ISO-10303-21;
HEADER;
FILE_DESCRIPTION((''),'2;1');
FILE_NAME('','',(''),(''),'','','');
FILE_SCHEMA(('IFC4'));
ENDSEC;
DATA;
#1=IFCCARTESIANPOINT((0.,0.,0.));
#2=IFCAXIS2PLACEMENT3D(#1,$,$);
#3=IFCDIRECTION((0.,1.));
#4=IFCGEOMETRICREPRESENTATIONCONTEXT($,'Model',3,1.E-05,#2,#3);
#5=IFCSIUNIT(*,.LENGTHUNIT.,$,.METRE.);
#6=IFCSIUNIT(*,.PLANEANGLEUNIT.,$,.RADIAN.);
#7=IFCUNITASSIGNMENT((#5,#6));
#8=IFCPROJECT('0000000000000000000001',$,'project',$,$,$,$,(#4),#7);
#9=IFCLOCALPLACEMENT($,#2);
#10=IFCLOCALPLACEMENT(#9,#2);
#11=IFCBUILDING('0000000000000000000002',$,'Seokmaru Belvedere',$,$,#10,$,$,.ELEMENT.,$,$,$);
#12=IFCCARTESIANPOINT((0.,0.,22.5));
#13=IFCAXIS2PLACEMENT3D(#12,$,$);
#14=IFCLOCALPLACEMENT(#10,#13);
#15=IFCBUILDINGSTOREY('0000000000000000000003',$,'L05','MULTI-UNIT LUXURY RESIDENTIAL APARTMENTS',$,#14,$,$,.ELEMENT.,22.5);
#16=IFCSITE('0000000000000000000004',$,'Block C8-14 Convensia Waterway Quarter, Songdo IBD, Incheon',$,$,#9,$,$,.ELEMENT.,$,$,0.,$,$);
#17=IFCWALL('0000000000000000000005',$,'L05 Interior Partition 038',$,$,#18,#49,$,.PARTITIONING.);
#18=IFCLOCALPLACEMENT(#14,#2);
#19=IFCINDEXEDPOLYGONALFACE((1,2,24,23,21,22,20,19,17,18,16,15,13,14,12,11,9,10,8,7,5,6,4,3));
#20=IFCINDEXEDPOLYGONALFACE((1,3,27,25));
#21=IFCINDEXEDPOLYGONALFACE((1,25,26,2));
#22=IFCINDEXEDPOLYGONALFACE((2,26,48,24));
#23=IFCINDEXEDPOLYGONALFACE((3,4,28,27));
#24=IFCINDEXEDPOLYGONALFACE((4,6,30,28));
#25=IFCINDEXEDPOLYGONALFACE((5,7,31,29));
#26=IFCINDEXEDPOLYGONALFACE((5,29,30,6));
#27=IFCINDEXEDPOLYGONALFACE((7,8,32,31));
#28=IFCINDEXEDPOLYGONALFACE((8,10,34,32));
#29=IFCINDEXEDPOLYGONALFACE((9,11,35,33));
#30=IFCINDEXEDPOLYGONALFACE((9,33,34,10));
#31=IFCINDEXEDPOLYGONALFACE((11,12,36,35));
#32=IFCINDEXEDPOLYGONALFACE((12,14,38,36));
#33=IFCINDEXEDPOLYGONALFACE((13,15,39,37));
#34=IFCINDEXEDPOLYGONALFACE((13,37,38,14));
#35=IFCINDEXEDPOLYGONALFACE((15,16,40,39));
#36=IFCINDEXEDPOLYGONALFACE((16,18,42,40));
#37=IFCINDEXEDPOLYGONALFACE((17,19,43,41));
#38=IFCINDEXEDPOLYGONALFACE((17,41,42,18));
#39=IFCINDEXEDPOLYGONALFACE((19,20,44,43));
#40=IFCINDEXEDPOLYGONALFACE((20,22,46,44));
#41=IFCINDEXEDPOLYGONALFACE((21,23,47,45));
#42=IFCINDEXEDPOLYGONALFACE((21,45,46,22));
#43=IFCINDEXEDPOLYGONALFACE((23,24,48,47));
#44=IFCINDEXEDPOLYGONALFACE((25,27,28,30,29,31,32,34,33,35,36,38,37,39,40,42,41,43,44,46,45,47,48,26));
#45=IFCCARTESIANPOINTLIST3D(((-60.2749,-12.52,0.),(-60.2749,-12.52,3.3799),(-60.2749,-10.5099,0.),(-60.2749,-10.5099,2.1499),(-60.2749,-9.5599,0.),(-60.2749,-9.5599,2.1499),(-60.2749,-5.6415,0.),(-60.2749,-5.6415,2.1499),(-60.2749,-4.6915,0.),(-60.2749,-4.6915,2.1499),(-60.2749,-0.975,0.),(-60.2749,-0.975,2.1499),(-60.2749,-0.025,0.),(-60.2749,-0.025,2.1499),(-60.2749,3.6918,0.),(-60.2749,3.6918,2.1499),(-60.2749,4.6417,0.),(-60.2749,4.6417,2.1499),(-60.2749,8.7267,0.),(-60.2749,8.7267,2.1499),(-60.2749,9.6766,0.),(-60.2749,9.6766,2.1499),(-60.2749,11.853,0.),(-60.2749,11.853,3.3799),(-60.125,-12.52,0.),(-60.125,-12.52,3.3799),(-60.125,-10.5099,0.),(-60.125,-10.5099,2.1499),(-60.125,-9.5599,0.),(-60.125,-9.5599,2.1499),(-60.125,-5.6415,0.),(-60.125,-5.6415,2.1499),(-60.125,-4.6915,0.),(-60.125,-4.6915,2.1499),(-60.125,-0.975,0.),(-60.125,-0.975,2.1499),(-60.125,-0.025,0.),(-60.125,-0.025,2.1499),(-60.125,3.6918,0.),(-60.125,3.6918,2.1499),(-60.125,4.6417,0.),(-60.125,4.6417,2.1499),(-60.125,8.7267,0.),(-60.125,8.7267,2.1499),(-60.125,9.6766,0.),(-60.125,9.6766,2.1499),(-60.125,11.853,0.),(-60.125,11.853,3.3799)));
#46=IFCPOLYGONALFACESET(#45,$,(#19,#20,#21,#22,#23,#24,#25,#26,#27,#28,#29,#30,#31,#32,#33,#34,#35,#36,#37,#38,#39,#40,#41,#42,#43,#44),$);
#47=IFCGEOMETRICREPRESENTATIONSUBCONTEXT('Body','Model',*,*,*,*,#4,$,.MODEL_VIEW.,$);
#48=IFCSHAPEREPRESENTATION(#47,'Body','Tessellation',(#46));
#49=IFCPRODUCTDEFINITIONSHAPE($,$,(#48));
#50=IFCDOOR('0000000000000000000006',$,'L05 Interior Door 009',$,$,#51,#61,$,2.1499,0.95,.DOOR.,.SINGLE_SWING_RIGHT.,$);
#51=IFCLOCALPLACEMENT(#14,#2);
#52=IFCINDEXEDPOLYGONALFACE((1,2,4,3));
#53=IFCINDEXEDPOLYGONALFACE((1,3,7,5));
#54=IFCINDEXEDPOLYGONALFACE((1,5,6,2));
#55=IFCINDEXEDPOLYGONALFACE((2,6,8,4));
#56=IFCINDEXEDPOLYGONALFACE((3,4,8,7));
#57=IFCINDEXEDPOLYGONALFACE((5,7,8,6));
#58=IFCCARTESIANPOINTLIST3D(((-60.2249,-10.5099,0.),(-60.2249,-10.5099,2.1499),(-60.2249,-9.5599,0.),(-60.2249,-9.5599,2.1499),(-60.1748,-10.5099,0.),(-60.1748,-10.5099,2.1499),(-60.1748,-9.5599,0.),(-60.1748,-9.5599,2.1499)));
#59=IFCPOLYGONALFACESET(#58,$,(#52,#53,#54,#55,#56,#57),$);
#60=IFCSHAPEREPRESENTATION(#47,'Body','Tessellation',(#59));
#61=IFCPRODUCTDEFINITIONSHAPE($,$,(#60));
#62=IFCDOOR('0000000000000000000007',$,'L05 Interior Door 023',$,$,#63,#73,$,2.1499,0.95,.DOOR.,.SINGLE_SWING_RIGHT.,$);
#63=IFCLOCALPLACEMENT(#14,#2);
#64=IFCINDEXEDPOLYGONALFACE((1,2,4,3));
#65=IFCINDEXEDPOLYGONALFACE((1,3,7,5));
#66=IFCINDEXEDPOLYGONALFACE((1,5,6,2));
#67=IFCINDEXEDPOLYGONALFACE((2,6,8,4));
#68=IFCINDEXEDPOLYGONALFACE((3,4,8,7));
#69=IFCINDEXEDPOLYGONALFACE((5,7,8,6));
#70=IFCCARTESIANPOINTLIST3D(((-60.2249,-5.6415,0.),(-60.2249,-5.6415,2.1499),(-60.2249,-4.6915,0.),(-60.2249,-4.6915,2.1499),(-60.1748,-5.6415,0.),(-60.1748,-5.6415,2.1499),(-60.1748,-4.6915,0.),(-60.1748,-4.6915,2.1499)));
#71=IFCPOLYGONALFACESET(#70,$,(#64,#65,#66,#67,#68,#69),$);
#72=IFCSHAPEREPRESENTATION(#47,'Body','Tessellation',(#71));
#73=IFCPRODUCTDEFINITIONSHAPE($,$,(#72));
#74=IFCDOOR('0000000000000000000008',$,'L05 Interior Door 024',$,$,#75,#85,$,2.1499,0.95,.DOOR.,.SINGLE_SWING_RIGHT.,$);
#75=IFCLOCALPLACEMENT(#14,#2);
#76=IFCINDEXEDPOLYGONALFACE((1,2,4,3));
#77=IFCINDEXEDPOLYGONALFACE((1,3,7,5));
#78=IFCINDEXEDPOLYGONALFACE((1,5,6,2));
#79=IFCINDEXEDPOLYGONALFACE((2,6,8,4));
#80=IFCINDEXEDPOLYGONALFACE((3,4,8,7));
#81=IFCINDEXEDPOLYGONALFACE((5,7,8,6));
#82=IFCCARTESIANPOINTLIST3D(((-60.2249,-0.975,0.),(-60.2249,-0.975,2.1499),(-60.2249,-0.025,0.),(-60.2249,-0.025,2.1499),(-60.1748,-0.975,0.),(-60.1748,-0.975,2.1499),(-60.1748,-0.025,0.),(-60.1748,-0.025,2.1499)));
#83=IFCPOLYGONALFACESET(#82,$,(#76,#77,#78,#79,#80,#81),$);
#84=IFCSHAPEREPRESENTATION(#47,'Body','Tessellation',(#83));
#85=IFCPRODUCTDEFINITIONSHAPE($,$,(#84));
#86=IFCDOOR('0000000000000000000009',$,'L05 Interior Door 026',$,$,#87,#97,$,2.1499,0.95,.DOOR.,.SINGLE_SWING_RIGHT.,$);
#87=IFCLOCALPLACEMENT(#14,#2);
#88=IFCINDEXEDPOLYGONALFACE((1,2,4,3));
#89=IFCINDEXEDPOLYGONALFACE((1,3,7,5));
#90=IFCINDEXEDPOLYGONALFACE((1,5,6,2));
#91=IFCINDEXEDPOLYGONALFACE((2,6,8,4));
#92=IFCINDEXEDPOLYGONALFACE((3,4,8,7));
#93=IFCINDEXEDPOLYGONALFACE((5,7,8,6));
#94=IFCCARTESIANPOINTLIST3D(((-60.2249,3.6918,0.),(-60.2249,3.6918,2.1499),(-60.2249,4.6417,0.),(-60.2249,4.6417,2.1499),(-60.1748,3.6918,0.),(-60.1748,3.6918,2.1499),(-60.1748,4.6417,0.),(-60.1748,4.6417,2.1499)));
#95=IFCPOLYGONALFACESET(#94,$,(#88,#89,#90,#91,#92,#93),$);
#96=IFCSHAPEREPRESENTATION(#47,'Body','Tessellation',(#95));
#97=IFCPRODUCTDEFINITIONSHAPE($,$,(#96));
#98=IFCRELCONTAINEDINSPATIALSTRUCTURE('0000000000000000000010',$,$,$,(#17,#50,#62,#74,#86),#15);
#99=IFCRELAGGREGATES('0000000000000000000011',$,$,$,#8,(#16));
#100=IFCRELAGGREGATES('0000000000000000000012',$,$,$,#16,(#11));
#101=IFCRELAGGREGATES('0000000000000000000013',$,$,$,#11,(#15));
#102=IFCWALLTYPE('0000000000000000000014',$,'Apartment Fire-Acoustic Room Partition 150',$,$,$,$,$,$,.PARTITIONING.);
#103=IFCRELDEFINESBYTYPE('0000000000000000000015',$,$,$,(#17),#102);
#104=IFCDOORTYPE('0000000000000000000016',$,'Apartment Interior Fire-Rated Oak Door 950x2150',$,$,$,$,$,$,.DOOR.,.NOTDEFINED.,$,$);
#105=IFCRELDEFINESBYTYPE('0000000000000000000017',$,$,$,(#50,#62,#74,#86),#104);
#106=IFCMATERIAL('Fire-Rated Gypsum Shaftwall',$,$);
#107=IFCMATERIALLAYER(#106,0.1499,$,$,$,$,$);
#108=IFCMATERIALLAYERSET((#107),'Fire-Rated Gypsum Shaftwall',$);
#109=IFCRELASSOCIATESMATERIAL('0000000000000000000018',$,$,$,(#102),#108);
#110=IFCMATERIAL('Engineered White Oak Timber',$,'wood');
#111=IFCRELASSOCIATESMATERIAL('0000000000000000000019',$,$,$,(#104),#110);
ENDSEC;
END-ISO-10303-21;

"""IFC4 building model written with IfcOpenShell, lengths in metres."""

from ifc_helpers import new_model, si_unit, direction, frame, frame_2d, origin, place, context, subcontext, project, spatial, rectangle, extrude, source, transform, mapped, material, layer, layer_set, type_object, type_shapes, element, fill, save


model = new_model("IFC4")

# Units and contexts
model_context = context("Model", 3, precision=1e-05, world=origin(), true_north=direction((0.0, 1.0)))
body_context = subcontext(model_context, "Body", "Model", "MODEL_VIEW")
ifc_project = project(units=[si_unit("LENGTHUNIT", "METRE"), si_unit("PLANEANGLEUNIT", "RADIAN")], contexts=[model_context])

# Site, building, storey
site_placement = place(None, origin())
site = spatial("IfcSite", under=ifc_project, at=site_placement, Name="Block C8-14 Convensia Waterway Quarter, Songdo IBD, Incheon", CompositionType="ELEMENT", RefElevation=0.0)
building_placement = place(site_placement, origin())
building = spatial("IfcBuilding", under=site, at=building_placement, Name="Seokmaru Belvedere", CompositionType="ELEMENT")
storey_placement = place(building_placement, frame((0.0, 0.0, 22.5)))
storey = spatial("IfcBuildingStorey", under=building, at=storey_placement, Name="L05", Description="MULTI-UNIT LUXURY RESIDENTIAL APARTMENTS", CompositionType="ELEMENT", Elevation=22.5)

# Shared definitions
ifc_material_1 = material(Name="Fire-Rated Gypsum Shaftwall")
ifc_layer_1 = layer(ifc_material_1, 0.1499)
ifc_layer_set_1 = layer_set([ifc_layer_1], Name="Fire-Rated Gypsum Shaftwall")
wall_type = type_object("IfcWallType", Name="Apartment Fire-Acoustic Room Partition 150", PredefinedType="PARTITIONING", material=ifc_layer_set_1)
ifc_material_2 = material(Name="Engineered White Oak Timber", Category="wood")
door_type = type_object("IfcDoorType", Name="Apartment Interior Fire-Rated Oak Door 950x2150", OperationType="NOTDEFINED", PredefinedType="DOOR", material=ifc_material_2)
shared_shape_1 = source(origin(), body_context, "Body", "SweptSolid", [
    extrude(rectangle(XDim=0.95, YDim=2.1499, at=frame_2d((0.4751, 1.075))), frame((0.0, 0.0249, 0.0), z_axis=(0.0, -1.0, 0.0), x_axis=(1.0, 0.0, 0.0)), (0.0, 0.0, 1.0), 0.05),
])
type_shapes(door_type, [shared_shape_1])

# Wall, openings, doors
wall_1_placement = place(storey_placement, frame((-60.2, -12.52, 0.0), z_axis=(0.0, 0.0, 1.0), x_axis=(0.0, 1.0, 0.0)))
wall_1 = element("IfcWall", 1, at=wall_1_placement, inside=storey, type_object=wall_type, Name="L05 Interior Partition 038", PredefinedType="PARTITIONING", context=body_context, shape_type="SweptSolid", body=[
    extrude(rectangle(XDim=24.373, YDim=0.1499, at=frame_2d((12.1865, 0.0))), origin(), (0.0, 0.0, 1.0), 3.3799),
])
opening_1_placement = place(wall_1_placement, frame((2.01, 0.0, 0.0)))
opening_1 = element("IfcOpeningElement", 2, at=opening_1_placement, cuts=wall_1, PredefinedType="OPENING", context=body_context, shape_type="SweptSolid", body=[
    extrude(rectangle(XDim=0.95, YDim=2.1499, at=frame_2d((0.4751, 1.075))), frame((0.0, 0.085, 0.0), z_axis=(0.0, -1.0, 0.0), x_axis=(1.0, 0.0, 0.0)), (0.0, 0.0, 1.0), 0.1699),
])
opening_2_placement = place(wall_1_placement, frame((6.8784, 0.0, 0.0)))
opening_2 = element("IfcOpeningElement", 3, at=opening_2_placement, cuts=wall_1, PredefinedType="OPENING", context=body_context, shape_type="SweptSolid", body=[
    extrude(rectangle(XDim=0.95, YDim=2.1499, at=frame_2d((0.4751, 1.075))), frame((0.0, 0.085, 0.0), z_axis=(0.0, -1.0, 0.0), x_axis=(1.0, 0.0, 0.0)), (0.0, 0.0, 1.0), 0.1699),
])
opening_3_placement = place(wall_1_placement, frame((11.5449, 0.0, 0.0)))
opening_3 = element("IfcOpeningElement", 4, at=opening_3_placement, cuts=wall_1, PredefinedType="OPENING", context=body_context, shape_type="SweptSolid", body=[
    extrude(rectangle(XDim=0.95, YDim=2.1499, at=frame_2d((0.4751, 1.075))), frame((0.0, 0.085, 0.0), z_axis=(0.0, -1.0, 0.0), x_axis=(1.0, 0.0, 0.0)), (0.0, 0.0, 1.0), 0.1699),
])
opening_4_placement = place(wall_1_placement, frame((16.2117, 0.0, 0.0)))
opening_4 = element("IfcOpeningElement", 5, at=opening_4_placement, cuts=wall_1, PredefinedType="OPENING", context=body_context, shape_type="SweptSolid", body=[
    extrude(rectangle(XDim=0.95, YDim=2.1499, at=frame_2d((0.4751, 1.075))), frame((0.0, 0.085, 0.0), z_axis=(0.0, -1.0, 0.0), x_axis=(1.0, 0.0, 0.0)), (0.0, 0.0, 1.0), 0.1699),
])
opening_5_placement = place(wall_1_placement, frame((21.2466, 0.0, 0.0)))
element("IfcOpeningElement", 6, at=opening_5_placement, cuts=wall_1, PredefinedType="OPENING", context=body_context, shape_type="SweptSolid", body=[
    extrude(rectangle(XDim=0.95, YDim=2.1499, at=frame_2d((0.4751, 1.075))), frame((0.0, 0.085, 0.0), z_axis=(0.0, -1.0, 0.0), x_axis=(1.0, 0.0, 0.0)), (0.0, 0.0, 1.0), 0.1699),
])
door_1_placement = place(opening_1_placement, origin())
door_1 = element("IfcDoor", 7, at=door_1_placement, inside=storey, type_object=door_type, Name="L05 Interior Door 009", OperationType="SINGLE_SWING_RIGHT", OverallHeight=2.1499, OverallWidth=0.95, PredefinedType="DOOR", context=body_context, shape_type="MappedRepresentation", body=[
    mapped(shared_shape_1, transform((0.0, 0.0, 0.0), scale=1.0)),
])
fill(opening_1, door_1)
door_2_placement = place(opening_2_placement, origin())
door_2 = element("IfcDoor", 8, at=door_2_placement, inside=storey, type_object=door_type, Name="L05 Interior Door 023", OperationType="SINGLE_SWING_RIGHT", OverallHeight=2.1499, OverallWidth=0.95, PredefinedType="DOOR", context=body_context, shape_type="MappedRepresentation", body=[
    mapped(shared_shape_1, transform((0.0, 0.0, 0.0), scale=1.0)),
])
fill(opening_2, door_2)
door_3_placement = place(opening_3_placement, origin())
door_3 = element("IfcDoor", 9, at=door_3_placement, inside=storey, type_object=door_type, Name="L05 Interior Door 024", OperationType="SINGLE_SWING_RIGHT", OverallHeight=2.1499, OverallWidth=0.95, PredefinedType="DOOR", context=body_context, shape_type="MappedRepresentation", body=[
    mapped(shared_shape_1, transform((0.0, 0.0, 0.0), scale=1.0)),
])
fill(opening_3, door_3)
door_4_placement = place(opening_4_placement, origin())
door_4 = element("IfcDoor", 10, at=door_4_placement, inside=storey, type_object=door_type, Name="L05 Interior Door 026", OperationType="SINGLE_SWING_RIGHT", OverallHeight=2.1499, OverallWidth=0.95, PredefinedType="DOOR", context=body_context, shape_type="MappedRepresentation", body=[
    mapped(shared_shape_1, transform((0.0, 0.0, 0.0), scale=1.0)),
])
fill(opening_4, door_4)

save(model, "model.ifc")
